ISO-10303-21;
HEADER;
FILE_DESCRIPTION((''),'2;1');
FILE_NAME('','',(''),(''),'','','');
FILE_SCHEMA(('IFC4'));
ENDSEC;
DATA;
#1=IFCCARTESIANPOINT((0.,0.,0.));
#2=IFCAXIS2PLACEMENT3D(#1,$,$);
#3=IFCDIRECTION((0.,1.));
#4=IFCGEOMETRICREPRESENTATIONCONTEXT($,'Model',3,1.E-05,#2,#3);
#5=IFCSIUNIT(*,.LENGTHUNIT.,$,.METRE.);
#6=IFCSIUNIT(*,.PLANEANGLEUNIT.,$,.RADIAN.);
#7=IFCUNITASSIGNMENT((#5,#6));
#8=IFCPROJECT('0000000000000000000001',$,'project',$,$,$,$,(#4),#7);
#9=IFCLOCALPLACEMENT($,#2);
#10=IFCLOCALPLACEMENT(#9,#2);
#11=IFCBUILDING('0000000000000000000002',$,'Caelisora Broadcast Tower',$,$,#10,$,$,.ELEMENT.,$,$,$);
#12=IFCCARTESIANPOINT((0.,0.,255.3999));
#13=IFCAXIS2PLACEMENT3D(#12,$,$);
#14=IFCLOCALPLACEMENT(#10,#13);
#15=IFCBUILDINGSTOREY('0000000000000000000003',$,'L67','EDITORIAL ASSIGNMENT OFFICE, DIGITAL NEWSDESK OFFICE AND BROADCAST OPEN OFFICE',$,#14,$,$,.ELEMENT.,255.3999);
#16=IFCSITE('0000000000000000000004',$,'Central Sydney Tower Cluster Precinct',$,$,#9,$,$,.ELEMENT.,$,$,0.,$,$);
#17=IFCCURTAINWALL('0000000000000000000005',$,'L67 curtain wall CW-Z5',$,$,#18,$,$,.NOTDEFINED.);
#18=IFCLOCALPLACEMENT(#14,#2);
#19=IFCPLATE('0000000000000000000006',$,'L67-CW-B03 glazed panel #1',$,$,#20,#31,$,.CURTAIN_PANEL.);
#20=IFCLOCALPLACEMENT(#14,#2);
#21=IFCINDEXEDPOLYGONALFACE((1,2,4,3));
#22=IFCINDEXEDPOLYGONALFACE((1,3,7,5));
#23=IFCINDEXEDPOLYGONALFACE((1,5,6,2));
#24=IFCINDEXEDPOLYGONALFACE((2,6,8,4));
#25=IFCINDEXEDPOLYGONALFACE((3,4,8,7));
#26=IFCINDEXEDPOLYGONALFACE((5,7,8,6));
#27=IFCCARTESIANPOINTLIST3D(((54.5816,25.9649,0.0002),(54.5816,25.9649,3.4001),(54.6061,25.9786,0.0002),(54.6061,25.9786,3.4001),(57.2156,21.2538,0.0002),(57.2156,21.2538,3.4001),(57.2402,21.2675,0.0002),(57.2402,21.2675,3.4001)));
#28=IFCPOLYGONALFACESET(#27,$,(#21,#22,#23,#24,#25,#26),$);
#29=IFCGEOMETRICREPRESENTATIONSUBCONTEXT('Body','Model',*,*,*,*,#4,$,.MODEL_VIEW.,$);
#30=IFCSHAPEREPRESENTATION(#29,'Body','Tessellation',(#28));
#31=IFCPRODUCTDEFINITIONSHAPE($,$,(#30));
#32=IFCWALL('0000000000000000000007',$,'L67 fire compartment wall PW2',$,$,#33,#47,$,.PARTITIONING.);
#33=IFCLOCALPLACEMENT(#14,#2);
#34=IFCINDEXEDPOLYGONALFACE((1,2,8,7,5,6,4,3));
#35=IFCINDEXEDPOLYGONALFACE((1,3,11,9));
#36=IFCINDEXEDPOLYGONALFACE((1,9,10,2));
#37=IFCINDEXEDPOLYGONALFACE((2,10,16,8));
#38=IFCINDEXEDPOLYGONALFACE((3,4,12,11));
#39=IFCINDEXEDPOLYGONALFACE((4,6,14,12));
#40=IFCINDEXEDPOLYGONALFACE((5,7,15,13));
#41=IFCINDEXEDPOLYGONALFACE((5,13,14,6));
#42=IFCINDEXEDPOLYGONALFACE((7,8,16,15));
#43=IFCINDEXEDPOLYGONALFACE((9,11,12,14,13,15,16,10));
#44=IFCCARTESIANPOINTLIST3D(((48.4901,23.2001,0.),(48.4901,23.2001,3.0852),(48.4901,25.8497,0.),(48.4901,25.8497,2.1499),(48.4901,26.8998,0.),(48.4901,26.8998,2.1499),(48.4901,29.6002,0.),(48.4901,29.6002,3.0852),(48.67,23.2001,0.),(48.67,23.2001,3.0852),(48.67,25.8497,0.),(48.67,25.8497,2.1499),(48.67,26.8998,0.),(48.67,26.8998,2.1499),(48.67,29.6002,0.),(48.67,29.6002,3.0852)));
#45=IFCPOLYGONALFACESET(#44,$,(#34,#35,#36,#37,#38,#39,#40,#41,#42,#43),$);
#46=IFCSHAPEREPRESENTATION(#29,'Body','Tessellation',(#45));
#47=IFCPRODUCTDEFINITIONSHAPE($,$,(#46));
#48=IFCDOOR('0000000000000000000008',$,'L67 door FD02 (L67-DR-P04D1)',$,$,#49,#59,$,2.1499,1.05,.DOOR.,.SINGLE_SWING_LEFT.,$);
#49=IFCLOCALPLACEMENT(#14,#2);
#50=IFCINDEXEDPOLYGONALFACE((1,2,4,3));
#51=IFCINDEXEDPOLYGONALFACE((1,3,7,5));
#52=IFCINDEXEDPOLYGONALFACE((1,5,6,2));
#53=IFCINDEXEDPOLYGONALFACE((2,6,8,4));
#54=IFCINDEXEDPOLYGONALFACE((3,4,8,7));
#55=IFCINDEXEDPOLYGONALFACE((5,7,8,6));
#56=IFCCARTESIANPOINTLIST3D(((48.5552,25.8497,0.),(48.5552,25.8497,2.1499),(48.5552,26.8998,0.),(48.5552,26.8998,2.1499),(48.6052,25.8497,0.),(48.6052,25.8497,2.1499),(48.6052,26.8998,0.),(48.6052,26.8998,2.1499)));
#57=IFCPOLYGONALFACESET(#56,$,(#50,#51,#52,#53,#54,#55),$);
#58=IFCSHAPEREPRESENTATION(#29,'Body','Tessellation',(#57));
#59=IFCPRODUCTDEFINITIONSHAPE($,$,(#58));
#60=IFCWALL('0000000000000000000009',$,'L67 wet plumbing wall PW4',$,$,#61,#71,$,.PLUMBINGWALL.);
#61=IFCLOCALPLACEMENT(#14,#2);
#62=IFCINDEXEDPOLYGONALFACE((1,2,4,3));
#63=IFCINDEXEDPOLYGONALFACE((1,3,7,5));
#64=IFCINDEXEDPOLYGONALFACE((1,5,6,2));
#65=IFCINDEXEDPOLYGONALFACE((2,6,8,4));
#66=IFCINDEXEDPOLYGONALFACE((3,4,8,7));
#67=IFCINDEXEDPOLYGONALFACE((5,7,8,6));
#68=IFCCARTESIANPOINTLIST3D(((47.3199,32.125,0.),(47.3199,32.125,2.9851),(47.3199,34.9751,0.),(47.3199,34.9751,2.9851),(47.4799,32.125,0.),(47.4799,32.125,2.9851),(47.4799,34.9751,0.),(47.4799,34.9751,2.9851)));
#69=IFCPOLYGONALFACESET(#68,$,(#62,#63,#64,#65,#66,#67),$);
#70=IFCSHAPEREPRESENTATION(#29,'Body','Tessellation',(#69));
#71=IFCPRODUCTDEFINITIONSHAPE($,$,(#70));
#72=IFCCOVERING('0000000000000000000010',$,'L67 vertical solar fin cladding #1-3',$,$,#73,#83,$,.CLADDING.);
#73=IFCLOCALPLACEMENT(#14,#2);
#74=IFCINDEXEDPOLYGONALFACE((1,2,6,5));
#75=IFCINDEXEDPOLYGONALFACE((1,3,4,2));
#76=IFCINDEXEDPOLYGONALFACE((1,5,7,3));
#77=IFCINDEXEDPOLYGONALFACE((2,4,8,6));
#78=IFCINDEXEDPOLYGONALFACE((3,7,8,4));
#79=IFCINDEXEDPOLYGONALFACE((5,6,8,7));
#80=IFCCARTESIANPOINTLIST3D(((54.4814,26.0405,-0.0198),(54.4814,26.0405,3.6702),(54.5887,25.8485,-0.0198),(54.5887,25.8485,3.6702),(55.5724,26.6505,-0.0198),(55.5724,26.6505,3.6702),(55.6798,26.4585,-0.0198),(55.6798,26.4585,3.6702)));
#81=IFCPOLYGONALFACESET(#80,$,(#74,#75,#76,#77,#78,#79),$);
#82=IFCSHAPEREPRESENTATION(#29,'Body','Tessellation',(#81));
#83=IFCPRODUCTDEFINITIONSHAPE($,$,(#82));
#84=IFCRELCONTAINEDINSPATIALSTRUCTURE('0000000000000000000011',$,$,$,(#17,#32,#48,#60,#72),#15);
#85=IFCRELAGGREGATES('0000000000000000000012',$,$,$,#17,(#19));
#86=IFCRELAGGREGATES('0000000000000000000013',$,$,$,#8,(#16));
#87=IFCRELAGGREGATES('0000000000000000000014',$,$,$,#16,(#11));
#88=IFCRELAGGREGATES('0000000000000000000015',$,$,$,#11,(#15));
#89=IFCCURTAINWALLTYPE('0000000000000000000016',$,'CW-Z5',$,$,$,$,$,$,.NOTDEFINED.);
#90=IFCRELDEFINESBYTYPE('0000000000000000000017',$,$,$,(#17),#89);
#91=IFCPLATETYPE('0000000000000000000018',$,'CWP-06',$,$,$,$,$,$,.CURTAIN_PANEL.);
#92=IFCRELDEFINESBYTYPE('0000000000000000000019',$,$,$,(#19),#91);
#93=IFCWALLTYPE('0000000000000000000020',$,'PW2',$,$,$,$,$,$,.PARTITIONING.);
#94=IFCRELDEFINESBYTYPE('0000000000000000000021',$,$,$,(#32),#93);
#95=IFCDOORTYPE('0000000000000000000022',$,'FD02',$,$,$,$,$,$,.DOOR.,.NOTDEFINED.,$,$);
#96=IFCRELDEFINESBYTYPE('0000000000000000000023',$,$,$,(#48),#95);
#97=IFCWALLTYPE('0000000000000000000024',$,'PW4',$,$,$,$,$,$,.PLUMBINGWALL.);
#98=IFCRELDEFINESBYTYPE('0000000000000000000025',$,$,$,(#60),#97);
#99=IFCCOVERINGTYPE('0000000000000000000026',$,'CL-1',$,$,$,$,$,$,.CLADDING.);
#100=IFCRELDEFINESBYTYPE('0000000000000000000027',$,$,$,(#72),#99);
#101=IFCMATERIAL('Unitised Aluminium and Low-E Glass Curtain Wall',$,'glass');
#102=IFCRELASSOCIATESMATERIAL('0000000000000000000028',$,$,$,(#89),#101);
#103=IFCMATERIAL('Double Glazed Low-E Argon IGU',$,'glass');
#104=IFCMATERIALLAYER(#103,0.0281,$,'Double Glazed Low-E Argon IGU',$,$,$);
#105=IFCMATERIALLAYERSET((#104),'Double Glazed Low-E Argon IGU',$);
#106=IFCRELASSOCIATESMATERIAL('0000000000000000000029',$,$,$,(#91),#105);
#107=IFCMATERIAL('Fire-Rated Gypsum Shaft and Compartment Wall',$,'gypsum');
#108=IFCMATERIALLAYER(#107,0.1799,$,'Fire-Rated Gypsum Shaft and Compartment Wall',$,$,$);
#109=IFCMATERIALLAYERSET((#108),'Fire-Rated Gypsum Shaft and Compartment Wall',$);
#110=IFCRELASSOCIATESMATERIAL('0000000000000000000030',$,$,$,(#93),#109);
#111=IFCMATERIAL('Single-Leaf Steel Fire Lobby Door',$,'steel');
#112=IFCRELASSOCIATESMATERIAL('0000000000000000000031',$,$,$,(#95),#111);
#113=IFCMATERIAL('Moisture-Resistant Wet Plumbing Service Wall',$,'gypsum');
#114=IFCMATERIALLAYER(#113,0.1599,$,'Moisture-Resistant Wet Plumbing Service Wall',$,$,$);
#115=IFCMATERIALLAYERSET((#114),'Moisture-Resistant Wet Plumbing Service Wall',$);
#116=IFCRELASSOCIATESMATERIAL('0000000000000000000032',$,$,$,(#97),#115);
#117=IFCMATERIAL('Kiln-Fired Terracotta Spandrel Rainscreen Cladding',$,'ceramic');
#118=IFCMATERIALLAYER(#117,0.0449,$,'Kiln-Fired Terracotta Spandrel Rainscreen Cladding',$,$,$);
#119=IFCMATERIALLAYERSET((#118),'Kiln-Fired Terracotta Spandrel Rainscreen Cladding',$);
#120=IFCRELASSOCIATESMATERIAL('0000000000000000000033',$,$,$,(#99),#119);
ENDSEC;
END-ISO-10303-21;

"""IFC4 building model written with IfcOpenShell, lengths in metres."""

from ifc_helpers import new_model, si_unit, direction, frame, frame_2d, origin, origin_2d, place, context, subcontext, project, spatial, rectangle, extrude, source, transform, mapped, material, layer, layer_set, type_object, type_shapes, element, fill, aggregate, save


model = new_model("IFC4")

# Units and contexts
model_context = context("Model", 3, precision=1e-05, world=origin(), true_north=direction((0.0, 1.0)))
body_context = subcontext(model_context, "Body", "Model", "MODEL_VIEW")
ifc_project = project(units=[si_unit("LENGTHUNIT", "METRE"), si_unit("PLANEANGLEUNIT", "RADIAN")], contexts=[model_context])

# Site, building, storey
site_placement = place(None, origin())
site = spatial("IfcSite", under=ifc_project, at=site_placement, Name="Central Sydney Tower Cluster Precinct", CompositionType="ELEMENT", RefElevation=0.0)
building_placement = place(site_placement, origin())
building = spatial("IfcBuilding", under=site, at=building_placement, Name="Caelisora Broadcast Tower", CompositionType="ELEMENT")
storey_placement = place(building_placement, frame((0.0, 0.0, 255.3999)))
storey = spatial("IfcBuildingStorey", under=building, at=storey_placement, Name="L67", Description="EDITORIAL ASSIGNMENT OFFICE, DIGITAL NEWSDESK OFFICE AND BROADCAST OPEN OFFICE", CompositionType="ELEMENT", Elevation=255.3999)

# Curtain wall
ifc_material_1 = material(Name="Unitised Aluminium and Low-E Glass Curtain Wall", Category="glass")
curtain_wall_type_1 = type_object("IfcCurtainWallType", Name="CW-Z5", PredefinedType="NOTDEFINED", material=ifc_material_1)
curtain_wall_1_placement = place(storey_placement, origin())
curtain_wall_1 = element("IfcCurtainWall", 1, at=curtain_wall_1_placement, inside=storey, type_object=curtain_wall_type_1, Name="L67 curtain wall CW-Z5", PredefinedType="NOTDEFINED")

# Plate
ifc_material_2 = material(Name="Double Glazed Low-E Argon IGU", Category="glass")
ifc_layer_1 = layer(ifc_material_2, 0.0281, Name="Double Glazed Low-E Argon IGU")
ifc_layer_set_1 = layer_set([ifc_layer_1], Name="Double Glazed Low-E Argon IGU")
plate_type_1 = type_object("IfcPlateType", Name="CWP-06", PredefinedType="CURTAIN_PANEL", material=ifc_layer_set_1)
shared_shape_1 = source(origin(), body_context, "Body", "SweptSolid", [
    extrude(rectangle(XDim=5.3975, YDim=0.0281, at=origin_2d()), origin(), (0.0, 0.0, 1.0), 3.3999),
])
type_shapes(plate_type_1, [shared_shape_1])
plate_1_placement = place(storey_placement, frame((55.9109, 23.6162, 0.0002), z_axis=(0.0, 0.0, 1.0), x_axis=(0.488012, -0.872837, 0.0)))
plate_1 = element("IfcPlate", 2, at=plate_1_placement, type_object=plate_type_1, Name="L67-CW-B03 glazed panel #1", PredefinedType="CURTAIN_PANEL", context=body_context, shape_type="MappedRepresentation", body=[
    mapped(shared_shape_1, transform((0.0, 0.0, 0.0), scale=1.0)),
])
aggregate(curtain_wall_1, [plate_1])

# Wall, opening, door
ifc_material_3 = material(Name="Fire-Rated Gypsum Shaft and Compartment Wall", Category="gypsum")
ifc_layer_2 = layer(ifc_material_3, 0.1799, Name="Fire-Rated Gypsum Shaft and Compartment Wall")
ifc_layer_set_2 = layer_set([ifc_layer_2], Name="Fire-Rated Gypsum Shaft and Compartment Wall")
wall_type_1 = type_object("IfcWallType", Name="PW2", PredefinedType="PARTITIONING", material=ifc_layer_set_2)
wall_1_placement = place(storey_placement, frame((48.5801, 23.2, 0.0), z_axis=(0.0, 0.0, 1.0), x_axis=(0.0, 1.0, 0.0)))
wall_1 = element("IfcWall", 3, at=wall_1_placement, inside=storey, type_object=wall_type_1, Name="L67 fire compartment wall PW2", PredefinedType="PARTITIONING", context=body_context, shape_type="SweptSolid", body=[
    extrude(rectangle(XDim=6.4001, YDim=0.1799, at=frame_2d((3.2002, 0.0))), origin(), (0.0, 0.0, 1.0), 3.0852),
])
opening_1_placement = place(wall_1_placement, frame((2.6499, 0.0, 0.0)))
opening_1 = element("IfcOpeningElement", 4, at=opening_1_placement, cuts=wall_1, PredefinedType="OPENING", context=body_context, shape_type="SweptSolid", body=[
    extrude(rectangle(XDim=1.05, YDim=2.1499, at=frame_2d((0.5249, 1.075))), frame((0.0, 0.1021, 0.0), z_axis=(0.0, -1.0, 0.0), x_axis=(1.0, 0.0, 0.0)), (0.0, 0.0, 1.0), 0.2039),
])
ifc_material_4 = material(Name="Single-Leaf Steel Fire Lobby Door", Category="steel")
door_type_1 = type_object("IfcDoorType", Name="FD02", OperationType="NOTDEFINED", PredefinedType="DOOR", material=ifc_material_4)
door_1_placement = place(opening_1_placement, origin())
door_1 = element("IfcDoor", 5, at=door_1_placement, inside=storey, type_object=door_type_1, Name="L67 door FD02 (L67-DR-P04D1)", OperationType="SINGLE_SWING_LEFT", OverallHeight=2.1499, OverallWidth=1.05, PredefinedType="DOOR", context=body_context, shape_type="SweptSolid", body=[
    extrude(rectangle(XDim=1.05, YDim=2.1499, at=frame_2d((0.5249, 1.075))), frame((0.0, 0.0249, 0.0), z_axis=(0.0, -1.0, 0.0), x_axis=(1.0, 0.0, 0.0)), (0.0, 0.0, 1.0), 0.05),
])
fill(opening_1, door_1)

# Wall
ifc_material_5 = material(Name="Moisture-Resistant Wet Plumbing Service Wall", Category="gypsum")
ifc_layer_3 = layer(ifc_material_5, 0.1599, Name="Moisture-Resistant Wet Plumbing Service Wall")
ifc_layer_set_3 = layer_set([ifc_layer_3], Name="Moisture-Resistant Wet Plumbing Service Wall")
wall_type_2 = type_object("IfcWallType", Name="PW4", PredefinedType="PLUMBINGWALL", material=ifc_layer_set_3)
wall_2_placement = place(storey_placement, frame((47.3999, 32.125, 0.0), z_axis=(0.0, 0.0, 1.0), x_axis=(0.0, 1.0, 0.0)))
element("IfcWall", 6, at=wall_2_placement, inside=storey, type_object=wall_type_2, Name="L67 wet plumbing wall PW4", PredefinedType="PLUMBINGWALL", context=body_context, shape_type="SweptSolid", body=[
    extrude(rectangle(XDim=2.8501, YDim=0.1599, at=frame_2d((1.425, 0.0))), origin(), (0.0, 0.0, 1.0), 2.9851),
])

# Covering
ifc_material_6 = material(Name="Kiln-Fired Terracotta Spandrel Rainscreen Cladding", Category="ceramic")
ifc_layer_4 = layer(ifc_material_6, 0.0449, Name="Kiln-Fired Terracotta Spandrel Rainscreen Cladding")
ifc_layer_set_4 = layer_set([ifc_layer_4], Name="Kiln-Fired Terracotta Spandrel Rainscreen Cladding")
covering_type = type_object("IfcCoveringType", Name="CL-1", PredefinedType="CLADDING", material=ifc_layer_set_4)
shared_shape_2 = source(origin(), body_context, "Body", "SweptSolid", [
    extrude(rectangle(XDim=0.22, YDim=1.25, at=origin_2d()), origin(), (0.0, 0.0, 1.0), 3.6899),
])
type_shapes(covering_type, [shared_shape_2])
covering_placement = place(storey_placement, frame((55.0806, 26.2495, -0.0198), z_axis=(0.0, 0.0, 1.0), x_axis=(0.488012, -0.872837, 0.0)))
element("IfcCovering", 7, at=covering_placement, inside=storey, type_object=covering_type, Name="L67 vertical solar fin cladding #1-3", PredefinedType="CLADDING", context=body_context, shape_type="MappedRepresentation", body=[
    mapped(shared_shape_2, transform((0.0, 0.0, 0.0), scale=1.0)),
])

save(model, "model.ifc")
